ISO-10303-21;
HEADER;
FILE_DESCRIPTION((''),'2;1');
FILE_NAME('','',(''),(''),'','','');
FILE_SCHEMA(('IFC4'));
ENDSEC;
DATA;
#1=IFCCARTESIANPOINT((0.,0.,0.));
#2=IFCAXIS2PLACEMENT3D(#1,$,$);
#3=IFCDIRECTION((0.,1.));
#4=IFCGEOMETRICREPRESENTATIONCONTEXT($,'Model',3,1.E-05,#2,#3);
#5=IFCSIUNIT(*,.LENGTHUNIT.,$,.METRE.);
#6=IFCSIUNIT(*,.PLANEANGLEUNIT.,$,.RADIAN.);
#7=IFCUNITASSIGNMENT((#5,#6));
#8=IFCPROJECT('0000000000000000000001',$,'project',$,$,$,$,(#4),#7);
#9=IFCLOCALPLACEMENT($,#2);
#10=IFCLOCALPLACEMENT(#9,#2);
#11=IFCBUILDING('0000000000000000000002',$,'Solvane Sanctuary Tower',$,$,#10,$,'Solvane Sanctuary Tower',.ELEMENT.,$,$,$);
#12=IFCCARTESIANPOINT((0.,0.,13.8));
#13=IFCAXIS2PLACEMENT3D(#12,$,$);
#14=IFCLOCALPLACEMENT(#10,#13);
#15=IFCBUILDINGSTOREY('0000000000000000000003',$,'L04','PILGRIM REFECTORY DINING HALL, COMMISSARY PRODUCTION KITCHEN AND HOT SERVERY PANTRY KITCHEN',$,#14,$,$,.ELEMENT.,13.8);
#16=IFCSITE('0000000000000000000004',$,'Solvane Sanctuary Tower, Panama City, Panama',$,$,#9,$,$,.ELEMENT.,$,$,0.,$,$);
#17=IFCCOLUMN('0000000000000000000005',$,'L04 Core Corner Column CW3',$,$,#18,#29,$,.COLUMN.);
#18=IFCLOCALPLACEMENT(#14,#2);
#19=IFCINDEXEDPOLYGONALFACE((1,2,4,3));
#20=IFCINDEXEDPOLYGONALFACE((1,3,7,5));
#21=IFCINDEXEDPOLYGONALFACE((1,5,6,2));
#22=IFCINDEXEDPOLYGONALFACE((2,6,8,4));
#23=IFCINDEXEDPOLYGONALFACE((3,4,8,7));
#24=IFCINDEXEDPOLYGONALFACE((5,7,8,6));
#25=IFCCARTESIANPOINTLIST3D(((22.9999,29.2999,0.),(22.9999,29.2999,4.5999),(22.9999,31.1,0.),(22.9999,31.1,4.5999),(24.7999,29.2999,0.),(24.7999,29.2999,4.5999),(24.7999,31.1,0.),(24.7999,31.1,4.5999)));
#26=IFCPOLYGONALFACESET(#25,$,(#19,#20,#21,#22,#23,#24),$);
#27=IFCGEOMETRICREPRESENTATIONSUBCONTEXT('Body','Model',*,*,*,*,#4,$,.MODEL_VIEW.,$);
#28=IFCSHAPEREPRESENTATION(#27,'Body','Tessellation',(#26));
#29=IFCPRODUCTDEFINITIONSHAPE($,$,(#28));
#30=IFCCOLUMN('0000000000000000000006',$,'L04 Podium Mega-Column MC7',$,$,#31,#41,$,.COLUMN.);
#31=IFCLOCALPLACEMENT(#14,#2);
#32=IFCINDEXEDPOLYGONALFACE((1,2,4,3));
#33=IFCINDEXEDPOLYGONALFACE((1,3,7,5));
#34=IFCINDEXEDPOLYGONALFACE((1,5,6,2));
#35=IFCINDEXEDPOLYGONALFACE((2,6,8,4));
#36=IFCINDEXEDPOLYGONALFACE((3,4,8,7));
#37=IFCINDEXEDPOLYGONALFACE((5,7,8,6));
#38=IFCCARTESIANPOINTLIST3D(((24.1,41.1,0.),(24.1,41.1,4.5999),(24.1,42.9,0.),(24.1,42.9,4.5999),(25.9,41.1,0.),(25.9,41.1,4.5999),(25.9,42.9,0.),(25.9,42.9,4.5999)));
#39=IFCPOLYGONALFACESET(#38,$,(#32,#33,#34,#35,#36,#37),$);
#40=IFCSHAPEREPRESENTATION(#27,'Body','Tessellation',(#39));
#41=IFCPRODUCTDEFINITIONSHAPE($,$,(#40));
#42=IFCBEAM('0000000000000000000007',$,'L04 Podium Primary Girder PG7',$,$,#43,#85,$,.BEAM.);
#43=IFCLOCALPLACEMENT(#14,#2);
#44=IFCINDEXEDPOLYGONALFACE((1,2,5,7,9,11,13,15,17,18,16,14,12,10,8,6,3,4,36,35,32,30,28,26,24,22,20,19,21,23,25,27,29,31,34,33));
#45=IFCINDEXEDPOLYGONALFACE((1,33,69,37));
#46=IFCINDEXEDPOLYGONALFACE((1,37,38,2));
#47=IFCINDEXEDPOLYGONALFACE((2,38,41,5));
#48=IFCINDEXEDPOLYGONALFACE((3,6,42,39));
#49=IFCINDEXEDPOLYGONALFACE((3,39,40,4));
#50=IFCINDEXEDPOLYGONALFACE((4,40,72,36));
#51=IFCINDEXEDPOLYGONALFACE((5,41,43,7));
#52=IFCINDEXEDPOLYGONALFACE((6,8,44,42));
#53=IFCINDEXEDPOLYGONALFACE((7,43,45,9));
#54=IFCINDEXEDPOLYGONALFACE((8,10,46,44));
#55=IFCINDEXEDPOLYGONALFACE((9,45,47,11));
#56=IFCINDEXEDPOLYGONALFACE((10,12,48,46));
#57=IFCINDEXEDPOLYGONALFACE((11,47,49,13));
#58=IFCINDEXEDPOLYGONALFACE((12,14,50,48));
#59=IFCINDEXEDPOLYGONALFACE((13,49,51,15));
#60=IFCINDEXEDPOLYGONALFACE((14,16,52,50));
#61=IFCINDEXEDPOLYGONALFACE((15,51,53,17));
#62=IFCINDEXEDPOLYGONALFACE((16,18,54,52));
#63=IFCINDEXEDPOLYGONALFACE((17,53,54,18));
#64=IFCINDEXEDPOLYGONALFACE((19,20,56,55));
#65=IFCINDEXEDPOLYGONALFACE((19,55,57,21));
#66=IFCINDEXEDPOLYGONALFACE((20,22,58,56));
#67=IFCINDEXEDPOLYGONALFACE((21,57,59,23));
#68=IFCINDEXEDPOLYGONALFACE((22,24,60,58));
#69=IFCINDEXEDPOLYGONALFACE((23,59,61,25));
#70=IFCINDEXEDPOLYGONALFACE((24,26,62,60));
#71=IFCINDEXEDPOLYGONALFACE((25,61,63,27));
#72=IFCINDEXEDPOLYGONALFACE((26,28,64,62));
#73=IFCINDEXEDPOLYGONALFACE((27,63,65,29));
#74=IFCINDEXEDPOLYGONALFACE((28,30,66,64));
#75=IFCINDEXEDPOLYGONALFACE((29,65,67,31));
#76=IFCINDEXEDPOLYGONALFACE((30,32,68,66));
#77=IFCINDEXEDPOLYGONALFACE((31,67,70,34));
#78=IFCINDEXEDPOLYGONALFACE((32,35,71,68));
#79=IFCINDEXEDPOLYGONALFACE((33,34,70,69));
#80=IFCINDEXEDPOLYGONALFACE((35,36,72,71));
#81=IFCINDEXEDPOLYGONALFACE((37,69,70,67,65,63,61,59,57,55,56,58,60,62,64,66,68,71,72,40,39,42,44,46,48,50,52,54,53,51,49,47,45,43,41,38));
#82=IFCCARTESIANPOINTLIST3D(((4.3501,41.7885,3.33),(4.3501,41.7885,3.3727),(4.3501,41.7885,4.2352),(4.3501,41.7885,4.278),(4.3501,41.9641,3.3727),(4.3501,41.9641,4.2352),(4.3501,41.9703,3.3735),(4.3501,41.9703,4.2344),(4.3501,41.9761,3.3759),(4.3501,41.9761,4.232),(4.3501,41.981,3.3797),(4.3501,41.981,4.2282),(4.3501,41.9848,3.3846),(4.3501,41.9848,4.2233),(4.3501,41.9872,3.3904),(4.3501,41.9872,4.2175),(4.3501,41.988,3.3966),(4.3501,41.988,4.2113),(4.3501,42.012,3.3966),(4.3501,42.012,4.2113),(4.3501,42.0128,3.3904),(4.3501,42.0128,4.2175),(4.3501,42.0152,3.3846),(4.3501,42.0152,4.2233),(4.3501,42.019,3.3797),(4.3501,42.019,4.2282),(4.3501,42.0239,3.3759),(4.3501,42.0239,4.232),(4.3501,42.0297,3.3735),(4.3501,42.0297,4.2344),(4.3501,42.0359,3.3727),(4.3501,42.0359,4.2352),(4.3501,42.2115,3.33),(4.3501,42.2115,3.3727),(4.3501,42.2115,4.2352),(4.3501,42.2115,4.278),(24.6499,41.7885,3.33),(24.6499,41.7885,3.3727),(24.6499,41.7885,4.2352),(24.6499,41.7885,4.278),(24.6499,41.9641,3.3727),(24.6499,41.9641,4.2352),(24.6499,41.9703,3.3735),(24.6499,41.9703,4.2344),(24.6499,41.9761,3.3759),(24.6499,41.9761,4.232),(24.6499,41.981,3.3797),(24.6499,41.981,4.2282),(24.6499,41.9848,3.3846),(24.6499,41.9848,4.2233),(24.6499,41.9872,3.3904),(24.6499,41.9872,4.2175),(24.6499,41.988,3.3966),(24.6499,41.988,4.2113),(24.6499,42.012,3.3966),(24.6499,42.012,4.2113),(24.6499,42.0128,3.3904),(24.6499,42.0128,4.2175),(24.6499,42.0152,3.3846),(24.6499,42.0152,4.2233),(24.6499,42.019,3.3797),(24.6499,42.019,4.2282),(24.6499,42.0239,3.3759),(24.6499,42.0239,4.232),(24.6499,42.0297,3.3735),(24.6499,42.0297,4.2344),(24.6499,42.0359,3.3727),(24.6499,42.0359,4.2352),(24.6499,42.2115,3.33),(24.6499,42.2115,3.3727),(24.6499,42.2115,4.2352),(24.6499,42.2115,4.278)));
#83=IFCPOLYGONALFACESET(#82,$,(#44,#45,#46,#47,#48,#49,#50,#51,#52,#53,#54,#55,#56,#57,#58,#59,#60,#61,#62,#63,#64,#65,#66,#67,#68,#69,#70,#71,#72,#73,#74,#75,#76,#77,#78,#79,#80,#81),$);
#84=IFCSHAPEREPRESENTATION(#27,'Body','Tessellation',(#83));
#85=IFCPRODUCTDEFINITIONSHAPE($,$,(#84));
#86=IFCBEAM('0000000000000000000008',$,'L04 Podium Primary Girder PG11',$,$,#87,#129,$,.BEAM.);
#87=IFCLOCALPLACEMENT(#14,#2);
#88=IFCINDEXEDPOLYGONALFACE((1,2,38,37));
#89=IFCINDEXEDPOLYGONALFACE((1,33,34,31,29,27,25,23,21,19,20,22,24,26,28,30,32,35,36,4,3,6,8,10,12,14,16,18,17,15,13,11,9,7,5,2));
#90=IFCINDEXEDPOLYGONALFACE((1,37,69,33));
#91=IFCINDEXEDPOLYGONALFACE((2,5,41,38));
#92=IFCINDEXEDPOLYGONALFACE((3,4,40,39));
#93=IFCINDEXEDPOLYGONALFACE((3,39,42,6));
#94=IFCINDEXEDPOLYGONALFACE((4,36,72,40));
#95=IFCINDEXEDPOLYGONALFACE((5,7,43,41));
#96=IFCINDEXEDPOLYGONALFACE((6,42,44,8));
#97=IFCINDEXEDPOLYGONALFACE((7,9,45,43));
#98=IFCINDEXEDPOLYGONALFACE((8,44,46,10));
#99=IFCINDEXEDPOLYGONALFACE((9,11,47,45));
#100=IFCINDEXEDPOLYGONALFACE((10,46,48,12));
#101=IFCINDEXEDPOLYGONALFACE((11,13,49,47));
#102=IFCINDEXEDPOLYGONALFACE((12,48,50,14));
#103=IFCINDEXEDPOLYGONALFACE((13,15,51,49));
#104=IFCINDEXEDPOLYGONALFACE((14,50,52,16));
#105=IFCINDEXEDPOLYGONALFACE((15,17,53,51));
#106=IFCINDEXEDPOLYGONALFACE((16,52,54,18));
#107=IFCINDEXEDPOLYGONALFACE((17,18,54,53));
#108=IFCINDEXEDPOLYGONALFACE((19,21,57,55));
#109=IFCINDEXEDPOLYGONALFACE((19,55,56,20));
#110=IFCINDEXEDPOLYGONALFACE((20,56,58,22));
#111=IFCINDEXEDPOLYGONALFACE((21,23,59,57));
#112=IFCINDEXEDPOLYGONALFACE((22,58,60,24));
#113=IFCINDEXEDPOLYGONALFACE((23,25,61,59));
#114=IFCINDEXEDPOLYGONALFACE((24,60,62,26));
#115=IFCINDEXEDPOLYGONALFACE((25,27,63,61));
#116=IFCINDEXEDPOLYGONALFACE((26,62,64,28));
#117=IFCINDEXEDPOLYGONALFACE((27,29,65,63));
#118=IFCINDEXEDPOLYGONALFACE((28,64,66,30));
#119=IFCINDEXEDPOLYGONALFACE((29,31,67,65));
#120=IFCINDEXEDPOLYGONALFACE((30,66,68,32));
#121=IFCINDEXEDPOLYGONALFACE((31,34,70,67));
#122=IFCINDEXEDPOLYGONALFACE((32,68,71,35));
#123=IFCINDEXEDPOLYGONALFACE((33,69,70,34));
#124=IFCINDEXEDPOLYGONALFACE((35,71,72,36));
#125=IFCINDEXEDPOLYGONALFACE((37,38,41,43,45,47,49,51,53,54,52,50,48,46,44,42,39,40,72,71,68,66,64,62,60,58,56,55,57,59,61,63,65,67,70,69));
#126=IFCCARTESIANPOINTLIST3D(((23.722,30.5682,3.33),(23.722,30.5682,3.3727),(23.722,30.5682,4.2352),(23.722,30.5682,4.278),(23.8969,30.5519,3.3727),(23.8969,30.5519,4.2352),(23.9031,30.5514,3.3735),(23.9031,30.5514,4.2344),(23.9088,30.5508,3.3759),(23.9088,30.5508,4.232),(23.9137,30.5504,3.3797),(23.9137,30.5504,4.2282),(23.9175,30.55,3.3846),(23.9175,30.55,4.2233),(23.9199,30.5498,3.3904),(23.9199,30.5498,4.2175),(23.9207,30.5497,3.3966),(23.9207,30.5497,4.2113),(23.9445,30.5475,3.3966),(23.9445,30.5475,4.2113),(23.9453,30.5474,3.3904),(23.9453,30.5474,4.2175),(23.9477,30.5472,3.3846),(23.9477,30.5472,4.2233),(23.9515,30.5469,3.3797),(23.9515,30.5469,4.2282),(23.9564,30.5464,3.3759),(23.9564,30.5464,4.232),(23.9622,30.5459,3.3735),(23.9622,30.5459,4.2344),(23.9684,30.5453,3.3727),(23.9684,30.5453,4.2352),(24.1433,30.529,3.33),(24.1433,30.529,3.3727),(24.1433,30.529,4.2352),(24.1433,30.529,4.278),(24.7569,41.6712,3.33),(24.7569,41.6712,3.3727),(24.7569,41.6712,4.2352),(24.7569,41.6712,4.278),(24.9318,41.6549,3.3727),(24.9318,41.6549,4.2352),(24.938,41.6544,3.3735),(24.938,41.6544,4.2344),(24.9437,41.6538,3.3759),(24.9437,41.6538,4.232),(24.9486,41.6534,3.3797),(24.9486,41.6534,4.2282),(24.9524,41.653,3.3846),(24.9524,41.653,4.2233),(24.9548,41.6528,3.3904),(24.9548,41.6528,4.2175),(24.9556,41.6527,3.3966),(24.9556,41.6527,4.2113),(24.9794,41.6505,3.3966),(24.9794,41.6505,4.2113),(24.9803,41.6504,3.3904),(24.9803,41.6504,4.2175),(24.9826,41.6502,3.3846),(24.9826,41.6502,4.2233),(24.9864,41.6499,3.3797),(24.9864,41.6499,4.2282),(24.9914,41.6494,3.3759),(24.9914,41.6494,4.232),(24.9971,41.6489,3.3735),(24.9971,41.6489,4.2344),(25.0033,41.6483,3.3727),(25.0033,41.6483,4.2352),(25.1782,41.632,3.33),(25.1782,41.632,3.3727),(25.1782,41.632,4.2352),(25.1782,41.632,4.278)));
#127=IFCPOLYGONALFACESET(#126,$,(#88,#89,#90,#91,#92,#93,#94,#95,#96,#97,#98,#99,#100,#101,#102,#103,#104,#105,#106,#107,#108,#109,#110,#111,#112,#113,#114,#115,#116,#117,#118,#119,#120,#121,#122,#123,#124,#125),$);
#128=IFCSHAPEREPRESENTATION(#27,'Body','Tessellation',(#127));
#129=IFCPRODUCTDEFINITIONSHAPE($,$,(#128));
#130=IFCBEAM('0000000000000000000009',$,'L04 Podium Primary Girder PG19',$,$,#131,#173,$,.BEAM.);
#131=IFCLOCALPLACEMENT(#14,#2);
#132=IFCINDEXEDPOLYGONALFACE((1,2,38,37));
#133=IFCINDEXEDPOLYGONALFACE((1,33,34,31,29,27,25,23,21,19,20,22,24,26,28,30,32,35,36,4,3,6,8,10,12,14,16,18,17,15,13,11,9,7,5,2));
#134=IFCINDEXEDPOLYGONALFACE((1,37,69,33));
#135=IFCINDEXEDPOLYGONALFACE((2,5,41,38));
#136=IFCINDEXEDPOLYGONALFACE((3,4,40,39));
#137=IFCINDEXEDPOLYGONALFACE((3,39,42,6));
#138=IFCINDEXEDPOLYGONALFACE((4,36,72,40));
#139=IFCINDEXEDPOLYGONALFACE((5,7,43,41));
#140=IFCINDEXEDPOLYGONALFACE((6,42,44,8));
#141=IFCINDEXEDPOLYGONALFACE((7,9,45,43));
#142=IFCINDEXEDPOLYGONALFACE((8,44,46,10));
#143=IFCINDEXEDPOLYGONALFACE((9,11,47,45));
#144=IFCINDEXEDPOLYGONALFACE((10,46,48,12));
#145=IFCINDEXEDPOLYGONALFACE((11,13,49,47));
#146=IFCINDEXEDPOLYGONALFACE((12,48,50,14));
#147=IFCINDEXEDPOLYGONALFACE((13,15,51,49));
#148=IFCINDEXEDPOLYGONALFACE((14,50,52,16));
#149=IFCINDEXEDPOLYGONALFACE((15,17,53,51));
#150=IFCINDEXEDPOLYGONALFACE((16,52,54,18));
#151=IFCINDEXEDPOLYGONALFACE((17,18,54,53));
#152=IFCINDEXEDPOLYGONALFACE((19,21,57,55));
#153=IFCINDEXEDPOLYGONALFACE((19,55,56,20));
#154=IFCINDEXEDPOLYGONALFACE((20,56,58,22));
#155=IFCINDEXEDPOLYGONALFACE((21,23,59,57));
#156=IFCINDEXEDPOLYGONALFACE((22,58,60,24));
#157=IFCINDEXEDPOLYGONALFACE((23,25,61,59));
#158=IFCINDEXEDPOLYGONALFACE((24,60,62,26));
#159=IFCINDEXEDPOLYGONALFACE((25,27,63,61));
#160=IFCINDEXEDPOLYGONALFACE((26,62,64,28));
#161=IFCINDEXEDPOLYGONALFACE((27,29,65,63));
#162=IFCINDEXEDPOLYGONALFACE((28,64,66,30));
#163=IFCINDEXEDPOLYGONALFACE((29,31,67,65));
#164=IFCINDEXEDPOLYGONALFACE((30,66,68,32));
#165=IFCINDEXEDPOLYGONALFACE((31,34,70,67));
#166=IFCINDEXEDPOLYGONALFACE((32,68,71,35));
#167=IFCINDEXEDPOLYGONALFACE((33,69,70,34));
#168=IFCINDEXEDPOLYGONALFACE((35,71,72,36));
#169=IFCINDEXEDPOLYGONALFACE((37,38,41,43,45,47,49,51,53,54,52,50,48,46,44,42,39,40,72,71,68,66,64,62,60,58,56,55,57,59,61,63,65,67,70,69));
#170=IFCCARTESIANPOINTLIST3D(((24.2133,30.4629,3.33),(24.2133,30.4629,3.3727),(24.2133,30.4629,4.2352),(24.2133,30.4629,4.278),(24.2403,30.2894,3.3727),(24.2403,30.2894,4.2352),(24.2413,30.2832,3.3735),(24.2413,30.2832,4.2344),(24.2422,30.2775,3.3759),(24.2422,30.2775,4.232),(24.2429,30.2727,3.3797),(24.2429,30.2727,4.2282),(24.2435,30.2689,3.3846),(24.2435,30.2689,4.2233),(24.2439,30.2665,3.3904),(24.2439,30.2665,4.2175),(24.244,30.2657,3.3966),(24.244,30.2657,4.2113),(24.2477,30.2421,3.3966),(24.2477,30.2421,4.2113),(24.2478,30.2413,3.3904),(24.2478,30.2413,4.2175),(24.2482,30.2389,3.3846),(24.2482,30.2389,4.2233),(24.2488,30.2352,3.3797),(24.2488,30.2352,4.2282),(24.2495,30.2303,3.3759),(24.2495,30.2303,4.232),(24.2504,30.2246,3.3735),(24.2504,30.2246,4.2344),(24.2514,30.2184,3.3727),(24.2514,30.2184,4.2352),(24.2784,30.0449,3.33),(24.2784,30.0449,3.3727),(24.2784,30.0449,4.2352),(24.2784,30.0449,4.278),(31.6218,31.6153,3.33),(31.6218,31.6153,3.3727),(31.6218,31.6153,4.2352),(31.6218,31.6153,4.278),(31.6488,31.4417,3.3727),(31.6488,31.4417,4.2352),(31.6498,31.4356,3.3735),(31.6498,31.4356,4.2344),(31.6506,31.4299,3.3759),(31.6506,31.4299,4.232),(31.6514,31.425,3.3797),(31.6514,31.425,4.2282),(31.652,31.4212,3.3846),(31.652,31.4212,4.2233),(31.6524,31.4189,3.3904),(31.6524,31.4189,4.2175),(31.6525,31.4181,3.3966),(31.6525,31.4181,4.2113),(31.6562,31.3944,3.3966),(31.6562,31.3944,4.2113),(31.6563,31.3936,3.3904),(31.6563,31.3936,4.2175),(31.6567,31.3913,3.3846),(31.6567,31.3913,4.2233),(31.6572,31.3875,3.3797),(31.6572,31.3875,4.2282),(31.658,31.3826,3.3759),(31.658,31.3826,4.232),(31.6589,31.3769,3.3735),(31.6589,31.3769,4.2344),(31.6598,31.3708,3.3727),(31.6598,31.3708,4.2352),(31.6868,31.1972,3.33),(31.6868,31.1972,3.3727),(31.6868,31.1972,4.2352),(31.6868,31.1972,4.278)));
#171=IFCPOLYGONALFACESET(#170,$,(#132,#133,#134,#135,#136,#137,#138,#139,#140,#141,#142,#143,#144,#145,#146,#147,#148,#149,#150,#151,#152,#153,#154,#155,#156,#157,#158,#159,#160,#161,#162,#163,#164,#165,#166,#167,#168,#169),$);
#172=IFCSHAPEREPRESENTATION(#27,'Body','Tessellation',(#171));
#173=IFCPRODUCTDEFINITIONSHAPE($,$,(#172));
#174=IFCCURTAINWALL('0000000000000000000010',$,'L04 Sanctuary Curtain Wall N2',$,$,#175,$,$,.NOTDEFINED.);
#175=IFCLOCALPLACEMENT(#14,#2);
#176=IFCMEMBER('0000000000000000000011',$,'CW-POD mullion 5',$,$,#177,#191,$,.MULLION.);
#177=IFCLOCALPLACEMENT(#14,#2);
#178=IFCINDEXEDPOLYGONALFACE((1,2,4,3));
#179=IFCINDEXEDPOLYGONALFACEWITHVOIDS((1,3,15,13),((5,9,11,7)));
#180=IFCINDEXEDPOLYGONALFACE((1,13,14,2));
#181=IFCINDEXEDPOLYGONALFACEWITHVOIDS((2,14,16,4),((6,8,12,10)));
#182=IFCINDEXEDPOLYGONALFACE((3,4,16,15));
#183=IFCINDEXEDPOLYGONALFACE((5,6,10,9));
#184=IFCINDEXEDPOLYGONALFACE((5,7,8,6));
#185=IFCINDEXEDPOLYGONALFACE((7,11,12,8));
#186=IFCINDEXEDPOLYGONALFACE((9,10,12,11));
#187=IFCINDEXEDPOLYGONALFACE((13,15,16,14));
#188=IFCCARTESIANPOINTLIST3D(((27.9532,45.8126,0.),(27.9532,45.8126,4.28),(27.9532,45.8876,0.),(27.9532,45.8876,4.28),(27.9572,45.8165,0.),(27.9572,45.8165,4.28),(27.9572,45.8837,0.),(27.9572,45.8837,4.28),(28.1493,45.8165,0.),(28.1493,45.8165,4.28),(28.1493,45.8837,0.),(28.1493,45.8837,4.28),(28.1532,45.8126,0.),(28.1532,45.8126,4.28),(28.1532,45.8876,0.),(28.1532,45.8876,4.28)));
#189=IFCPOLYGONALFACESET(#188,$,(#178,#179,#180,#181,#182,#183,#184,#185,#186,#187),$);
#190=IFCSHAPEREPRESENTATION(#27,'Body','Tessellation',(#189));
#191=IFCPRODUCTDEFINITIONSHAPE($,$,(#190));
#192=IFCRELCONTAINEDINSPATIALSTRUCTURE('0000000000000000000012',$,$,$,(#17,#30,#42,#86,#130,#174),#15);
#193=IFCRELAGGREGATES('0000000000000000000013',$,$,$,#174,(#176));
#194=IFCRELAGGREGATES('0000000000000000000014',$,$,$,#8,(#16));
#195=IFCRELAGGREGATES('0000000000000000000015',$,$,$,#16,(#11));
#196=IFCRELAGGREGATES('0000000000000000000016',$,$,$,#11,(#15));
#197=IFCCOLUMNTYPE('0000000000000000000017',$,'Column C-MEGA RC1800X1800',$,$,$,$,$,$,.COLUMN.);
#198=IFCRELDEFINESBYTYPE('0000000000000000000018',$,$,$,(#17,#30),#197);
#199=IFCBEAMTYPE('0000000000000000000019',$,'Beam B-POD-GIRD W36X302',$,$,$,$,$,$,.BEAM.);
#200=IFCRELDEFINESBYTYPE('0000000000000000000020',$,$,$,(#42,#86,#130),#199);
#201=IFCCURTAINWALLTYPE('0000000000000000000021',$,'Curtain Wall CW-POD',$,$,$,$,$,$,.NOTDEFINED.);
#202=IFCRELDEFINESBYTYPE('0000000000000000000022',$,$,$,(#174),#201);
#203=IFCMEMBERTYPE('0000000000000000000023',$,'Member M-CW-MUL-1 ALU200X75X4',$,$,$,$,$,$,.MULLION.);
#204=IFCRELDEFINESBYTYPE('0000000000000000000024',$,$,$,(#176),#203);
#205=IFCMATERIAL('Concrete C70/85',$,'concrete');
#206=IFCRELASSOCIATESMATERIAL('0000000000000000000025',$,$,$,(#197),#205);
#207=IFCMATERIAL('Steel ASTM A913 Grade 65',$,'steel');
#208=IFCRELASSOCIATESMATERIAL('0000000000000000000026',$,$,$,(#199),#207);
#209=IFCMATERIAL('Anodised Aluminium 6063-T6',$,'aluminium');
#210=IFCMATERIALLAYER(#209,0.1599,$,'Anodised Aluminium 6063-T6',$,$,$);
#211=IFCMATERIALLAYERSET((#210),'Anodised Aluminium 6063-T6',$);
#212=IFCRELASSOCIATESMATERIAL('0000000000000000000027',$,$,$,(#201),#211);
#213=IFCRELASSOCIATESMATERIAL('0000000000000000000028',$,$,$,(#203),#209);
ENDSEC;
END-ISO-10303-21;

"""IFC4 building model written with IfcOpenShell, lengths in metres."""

from ifc_helpers import new_model, si_unit, direction, frame, origin, origin_2d, place, context, subcontext, project, spatial, rectangle, hollow_rectangle, i_section, extrude, material, layer, layer_set, material_profile, profile_set, type_object, element, aggregate, save


model = new_model("IFC4")

# Units and contexts
model_context = context("Model", 3, precision=1e-05, world=origin(), true_north=direction((0.0, 1.0)))
body_context = subcontext(model_context, "Body", "Model", "MODEL_VIEW")
ifc_project = project(units=[si_unit("LENGTHUNIT", "METRE"), si_unit("PLANEANGLEUNIT", "RADIAN")], contexts=[model_context])

# Site, building, storey
site_placement = place(None, origin())
site = spatial("IfcSite", under=ifc_project, at=site_placement, Name="Solvane Sanctuary Tower, Panama City, Panama", CompositionType="ELEMENT", RefElevation=0.0)
building_placement = place(site_placement, origin())
building = spatial("IfcBuilding", under=site, at=building_placement, Name="Solvane Sanctuary Tower", LongName="Solvane Sanctuary Tower", CompositionType="ELEMENT")
storey_placement = place(building_placement, frame((0.0, 0.0, 13.8)))
storey = spatial("IfcBuildingStorey", under=building, at=storey_placement, Name="L04", Description="PILGRIM REFECTORY DINING HALL, COMMISSARY PRODUCTION KITCHEN AND HOT SERVERY PANTRY KITCHEN", CompositionType="ELEMENT", Elevation=13.8)

# Columns
ifc_material_1 = material(Name="Concrete C70/85", Category="concrete")
ifc_material_profile_1 = material_profile(ifc_material_1, rectangle(XDim=1.8, YDim=1.8, at=origin_2d()), Name="RC1800X1800")
ifc_profile_set_1 = profile_set([ifc_material_profile_1], Name="Concrete C70/85")
column_type = type_object("IfcColumnType", Name="Column C-MEGA RC1800X1800", PredefinedType="COLUMN", material=ifc_profile_set_1)
for number, where, z_axis, x_axis, name in (
    (1, (23.8999, 30.2, 0.0), (0.0, 0.0, 1.0), (1.0, 0.0, 0.0), "L04 Core Corner Column CW3"),
    (2, (25.0, 42.0, 0.0), (0.0, 0.0, 1.0), (1.0, 0.0, 0.0), "L04 Podium Mega-Column MC7"),
):
    element("IfcColumn", number, at=place(storey_placement, frame(where, z_axis=z_axis, x_axis=x_axis)), inside=storey, type_object=column_type, Name=name, PredefinedType="COLUMN", context=body_context, shape_type="SweptSolid", body=[
        extrude(rectangle(XDim=1.8, YDim=1.8, at=origin_2d()), origin(), (0.0, 0.0, 1.0), 4.5999),
    ])

# Beams
ifc_material_2 = material(Name="Steel ASTM A913 Grade 65", Category="steel")
ifc_material_profile_2 = material_profile(ifc_material_2, i_section(OverallWidth=0.4231, OverallDepth=0.948, WebThickness=0.0239, FlangeThickness=0.0427, FilletRadius=0.0239, at=origin_2d()), Name="W36X302")
ifc_profile_set_2 = profile_set([ifc_material_profile_2], Name="Steel ASTM A913 Grade 65")
beam_type = type_object("IfcBeamType", Name="Beam B-POD-GIRD W36X302", PredefinedType="BEAM", material=ifc_profile_set_2)
beam_1_placement = place(storey_placement, frame((24.6499, 42.0, 3.804), z_axis=(-1.0, 0.0, 0.0), x_axis=(0.0, -1.0, 0.0)))
element("IfcBeam", 3, at=beam_1_placement, inside=storey, type_object=beam_type, Name="L04 Podium Primary Girder PG7", PredefinedType="BEAM", context=body_context, shape_type="SweptSolid", body=[
    extrude(i_section(OverallWidth=0.4231, OverallDepth=0.948, WebThickness=0.0239, FlangeThickness=0.0427, FilletRadius=0.0239, at=origin_2d()), origin(), (0.0, 0.0, 1.0), 20.2998),
])
beam_2_placement = place(storey_placement, frame((24.9675, 41.6516, 3.804), z_axis=(-0.092808, -0.995684, 0.0), x_axis=(0.995684, -0.092808, 0.0)))
element("IfcBeam", 4, at=beam_2_placement, inside=storey, type_object=beam_type, Name="L04 Podium Primary Girder PG11", PredefinedType="BEAM", context=body_context, shape_type="SweptSolid", body=[
    extrude(i_section(OverallWidth=0.4231, OverallDepth=0.948, WebThickness=0.0239, FlangeThickness=0.0427, FilletRadius=0.0239, at=origin_2d()), origin(), (0.0, 0.0, 1.0), 11.1511),
])
beam_3_placement = place(storey_placement, frame((24.2458, 30.2539, 3.804), z_axis=(0.988118, 0.153696, 0.0), x_axis=(-0.153696, 0.988118, 0.0)))
element("IfcBeam", 5, at=beam_3_placement, inside=storey, type_object=beam_type, Name="L04 Podium Primary Girder PG19", PredefinedType="BEAM", context=body_context, shape_type="SweptSolid", body=[
    extrude(i_section(OverallWidth=0.4231, OverallDepth=0.948, WebThickness=0.0239, FlangeThickness=0.0427, FilletRadius=0.0239, at=origin_2d()), origin(), (0.0, 0.0, 1.0), 7.4976),
])

# Curtain wall, member
ifc_material_3 = material(Name="Anodised Aluminium 6063-T6", Category="aluminium")
ifc_layer_1 = layer(ifc_material_3, 0.1599, Name="Anodised Aluminium 6063-T6")
ifc_layer_set_1 = layer_set([ifc_layer_1], Name="Anodised Aluminium 6063-T6")
curtain_wall_type_1 = type_object("IfcCurtainWallType", Name="Curtain Wall CW-POD", PredefinedType="NOTDEFINED", material=ifc_layer_set_1)
curtain_wall_1_placement = place(storey_placement, origin())
curtain_wall_1 = element("IfcCurtainWall", 6, at=curtain_wall_1_placement, inside=storey, type_object=curtain_wall_type_1, Name="L04 Sanctuary Curtain Wall N2", PredefinedType="NOTDEFINED")
ifc_material_profile_3 = material_profile(ifc_material_3, hollow_rectangle(XDim=0.075, YDim=0.2, WallThickness=0.0039, at=origin_2d()), Name="ALU200X75X4")
ifc_profile_set_3 = profile_set([ifc_material_profile_3], Name="Anodised Aluminium 6063-T6")
member_type_1 = type_object("IfcMemberType", Name="Member M-CW-MUL-1 ALU200X75X4", PredefinedType="MULLION", material=ifc_profile_set_3)
member_1_placement = place(storey_placement, frame((28.0532, 45.8501, 0.0), z_axis=(0.0, 0.0, 1.0), x_axis=(0.0, -1.0, 0.0)))
member_1 = element("IfcMember", 7, at=member_1_placement, type_object=member_type_1, Name="CW-POD mullion 5", PredefinedType="MULLION", context=body_context, shape_type="SweptSolid", body=[
    extrude(hollow_rectangle(XDim=0.075, YDim=0.2, WallThickness=0.0039, at=origin_2d()), origin(), (0.0, 0.0, 1.0), 4.28),
])

aggregate(curtain_wall_1, [member_1])

save(model, "model.ifc")
